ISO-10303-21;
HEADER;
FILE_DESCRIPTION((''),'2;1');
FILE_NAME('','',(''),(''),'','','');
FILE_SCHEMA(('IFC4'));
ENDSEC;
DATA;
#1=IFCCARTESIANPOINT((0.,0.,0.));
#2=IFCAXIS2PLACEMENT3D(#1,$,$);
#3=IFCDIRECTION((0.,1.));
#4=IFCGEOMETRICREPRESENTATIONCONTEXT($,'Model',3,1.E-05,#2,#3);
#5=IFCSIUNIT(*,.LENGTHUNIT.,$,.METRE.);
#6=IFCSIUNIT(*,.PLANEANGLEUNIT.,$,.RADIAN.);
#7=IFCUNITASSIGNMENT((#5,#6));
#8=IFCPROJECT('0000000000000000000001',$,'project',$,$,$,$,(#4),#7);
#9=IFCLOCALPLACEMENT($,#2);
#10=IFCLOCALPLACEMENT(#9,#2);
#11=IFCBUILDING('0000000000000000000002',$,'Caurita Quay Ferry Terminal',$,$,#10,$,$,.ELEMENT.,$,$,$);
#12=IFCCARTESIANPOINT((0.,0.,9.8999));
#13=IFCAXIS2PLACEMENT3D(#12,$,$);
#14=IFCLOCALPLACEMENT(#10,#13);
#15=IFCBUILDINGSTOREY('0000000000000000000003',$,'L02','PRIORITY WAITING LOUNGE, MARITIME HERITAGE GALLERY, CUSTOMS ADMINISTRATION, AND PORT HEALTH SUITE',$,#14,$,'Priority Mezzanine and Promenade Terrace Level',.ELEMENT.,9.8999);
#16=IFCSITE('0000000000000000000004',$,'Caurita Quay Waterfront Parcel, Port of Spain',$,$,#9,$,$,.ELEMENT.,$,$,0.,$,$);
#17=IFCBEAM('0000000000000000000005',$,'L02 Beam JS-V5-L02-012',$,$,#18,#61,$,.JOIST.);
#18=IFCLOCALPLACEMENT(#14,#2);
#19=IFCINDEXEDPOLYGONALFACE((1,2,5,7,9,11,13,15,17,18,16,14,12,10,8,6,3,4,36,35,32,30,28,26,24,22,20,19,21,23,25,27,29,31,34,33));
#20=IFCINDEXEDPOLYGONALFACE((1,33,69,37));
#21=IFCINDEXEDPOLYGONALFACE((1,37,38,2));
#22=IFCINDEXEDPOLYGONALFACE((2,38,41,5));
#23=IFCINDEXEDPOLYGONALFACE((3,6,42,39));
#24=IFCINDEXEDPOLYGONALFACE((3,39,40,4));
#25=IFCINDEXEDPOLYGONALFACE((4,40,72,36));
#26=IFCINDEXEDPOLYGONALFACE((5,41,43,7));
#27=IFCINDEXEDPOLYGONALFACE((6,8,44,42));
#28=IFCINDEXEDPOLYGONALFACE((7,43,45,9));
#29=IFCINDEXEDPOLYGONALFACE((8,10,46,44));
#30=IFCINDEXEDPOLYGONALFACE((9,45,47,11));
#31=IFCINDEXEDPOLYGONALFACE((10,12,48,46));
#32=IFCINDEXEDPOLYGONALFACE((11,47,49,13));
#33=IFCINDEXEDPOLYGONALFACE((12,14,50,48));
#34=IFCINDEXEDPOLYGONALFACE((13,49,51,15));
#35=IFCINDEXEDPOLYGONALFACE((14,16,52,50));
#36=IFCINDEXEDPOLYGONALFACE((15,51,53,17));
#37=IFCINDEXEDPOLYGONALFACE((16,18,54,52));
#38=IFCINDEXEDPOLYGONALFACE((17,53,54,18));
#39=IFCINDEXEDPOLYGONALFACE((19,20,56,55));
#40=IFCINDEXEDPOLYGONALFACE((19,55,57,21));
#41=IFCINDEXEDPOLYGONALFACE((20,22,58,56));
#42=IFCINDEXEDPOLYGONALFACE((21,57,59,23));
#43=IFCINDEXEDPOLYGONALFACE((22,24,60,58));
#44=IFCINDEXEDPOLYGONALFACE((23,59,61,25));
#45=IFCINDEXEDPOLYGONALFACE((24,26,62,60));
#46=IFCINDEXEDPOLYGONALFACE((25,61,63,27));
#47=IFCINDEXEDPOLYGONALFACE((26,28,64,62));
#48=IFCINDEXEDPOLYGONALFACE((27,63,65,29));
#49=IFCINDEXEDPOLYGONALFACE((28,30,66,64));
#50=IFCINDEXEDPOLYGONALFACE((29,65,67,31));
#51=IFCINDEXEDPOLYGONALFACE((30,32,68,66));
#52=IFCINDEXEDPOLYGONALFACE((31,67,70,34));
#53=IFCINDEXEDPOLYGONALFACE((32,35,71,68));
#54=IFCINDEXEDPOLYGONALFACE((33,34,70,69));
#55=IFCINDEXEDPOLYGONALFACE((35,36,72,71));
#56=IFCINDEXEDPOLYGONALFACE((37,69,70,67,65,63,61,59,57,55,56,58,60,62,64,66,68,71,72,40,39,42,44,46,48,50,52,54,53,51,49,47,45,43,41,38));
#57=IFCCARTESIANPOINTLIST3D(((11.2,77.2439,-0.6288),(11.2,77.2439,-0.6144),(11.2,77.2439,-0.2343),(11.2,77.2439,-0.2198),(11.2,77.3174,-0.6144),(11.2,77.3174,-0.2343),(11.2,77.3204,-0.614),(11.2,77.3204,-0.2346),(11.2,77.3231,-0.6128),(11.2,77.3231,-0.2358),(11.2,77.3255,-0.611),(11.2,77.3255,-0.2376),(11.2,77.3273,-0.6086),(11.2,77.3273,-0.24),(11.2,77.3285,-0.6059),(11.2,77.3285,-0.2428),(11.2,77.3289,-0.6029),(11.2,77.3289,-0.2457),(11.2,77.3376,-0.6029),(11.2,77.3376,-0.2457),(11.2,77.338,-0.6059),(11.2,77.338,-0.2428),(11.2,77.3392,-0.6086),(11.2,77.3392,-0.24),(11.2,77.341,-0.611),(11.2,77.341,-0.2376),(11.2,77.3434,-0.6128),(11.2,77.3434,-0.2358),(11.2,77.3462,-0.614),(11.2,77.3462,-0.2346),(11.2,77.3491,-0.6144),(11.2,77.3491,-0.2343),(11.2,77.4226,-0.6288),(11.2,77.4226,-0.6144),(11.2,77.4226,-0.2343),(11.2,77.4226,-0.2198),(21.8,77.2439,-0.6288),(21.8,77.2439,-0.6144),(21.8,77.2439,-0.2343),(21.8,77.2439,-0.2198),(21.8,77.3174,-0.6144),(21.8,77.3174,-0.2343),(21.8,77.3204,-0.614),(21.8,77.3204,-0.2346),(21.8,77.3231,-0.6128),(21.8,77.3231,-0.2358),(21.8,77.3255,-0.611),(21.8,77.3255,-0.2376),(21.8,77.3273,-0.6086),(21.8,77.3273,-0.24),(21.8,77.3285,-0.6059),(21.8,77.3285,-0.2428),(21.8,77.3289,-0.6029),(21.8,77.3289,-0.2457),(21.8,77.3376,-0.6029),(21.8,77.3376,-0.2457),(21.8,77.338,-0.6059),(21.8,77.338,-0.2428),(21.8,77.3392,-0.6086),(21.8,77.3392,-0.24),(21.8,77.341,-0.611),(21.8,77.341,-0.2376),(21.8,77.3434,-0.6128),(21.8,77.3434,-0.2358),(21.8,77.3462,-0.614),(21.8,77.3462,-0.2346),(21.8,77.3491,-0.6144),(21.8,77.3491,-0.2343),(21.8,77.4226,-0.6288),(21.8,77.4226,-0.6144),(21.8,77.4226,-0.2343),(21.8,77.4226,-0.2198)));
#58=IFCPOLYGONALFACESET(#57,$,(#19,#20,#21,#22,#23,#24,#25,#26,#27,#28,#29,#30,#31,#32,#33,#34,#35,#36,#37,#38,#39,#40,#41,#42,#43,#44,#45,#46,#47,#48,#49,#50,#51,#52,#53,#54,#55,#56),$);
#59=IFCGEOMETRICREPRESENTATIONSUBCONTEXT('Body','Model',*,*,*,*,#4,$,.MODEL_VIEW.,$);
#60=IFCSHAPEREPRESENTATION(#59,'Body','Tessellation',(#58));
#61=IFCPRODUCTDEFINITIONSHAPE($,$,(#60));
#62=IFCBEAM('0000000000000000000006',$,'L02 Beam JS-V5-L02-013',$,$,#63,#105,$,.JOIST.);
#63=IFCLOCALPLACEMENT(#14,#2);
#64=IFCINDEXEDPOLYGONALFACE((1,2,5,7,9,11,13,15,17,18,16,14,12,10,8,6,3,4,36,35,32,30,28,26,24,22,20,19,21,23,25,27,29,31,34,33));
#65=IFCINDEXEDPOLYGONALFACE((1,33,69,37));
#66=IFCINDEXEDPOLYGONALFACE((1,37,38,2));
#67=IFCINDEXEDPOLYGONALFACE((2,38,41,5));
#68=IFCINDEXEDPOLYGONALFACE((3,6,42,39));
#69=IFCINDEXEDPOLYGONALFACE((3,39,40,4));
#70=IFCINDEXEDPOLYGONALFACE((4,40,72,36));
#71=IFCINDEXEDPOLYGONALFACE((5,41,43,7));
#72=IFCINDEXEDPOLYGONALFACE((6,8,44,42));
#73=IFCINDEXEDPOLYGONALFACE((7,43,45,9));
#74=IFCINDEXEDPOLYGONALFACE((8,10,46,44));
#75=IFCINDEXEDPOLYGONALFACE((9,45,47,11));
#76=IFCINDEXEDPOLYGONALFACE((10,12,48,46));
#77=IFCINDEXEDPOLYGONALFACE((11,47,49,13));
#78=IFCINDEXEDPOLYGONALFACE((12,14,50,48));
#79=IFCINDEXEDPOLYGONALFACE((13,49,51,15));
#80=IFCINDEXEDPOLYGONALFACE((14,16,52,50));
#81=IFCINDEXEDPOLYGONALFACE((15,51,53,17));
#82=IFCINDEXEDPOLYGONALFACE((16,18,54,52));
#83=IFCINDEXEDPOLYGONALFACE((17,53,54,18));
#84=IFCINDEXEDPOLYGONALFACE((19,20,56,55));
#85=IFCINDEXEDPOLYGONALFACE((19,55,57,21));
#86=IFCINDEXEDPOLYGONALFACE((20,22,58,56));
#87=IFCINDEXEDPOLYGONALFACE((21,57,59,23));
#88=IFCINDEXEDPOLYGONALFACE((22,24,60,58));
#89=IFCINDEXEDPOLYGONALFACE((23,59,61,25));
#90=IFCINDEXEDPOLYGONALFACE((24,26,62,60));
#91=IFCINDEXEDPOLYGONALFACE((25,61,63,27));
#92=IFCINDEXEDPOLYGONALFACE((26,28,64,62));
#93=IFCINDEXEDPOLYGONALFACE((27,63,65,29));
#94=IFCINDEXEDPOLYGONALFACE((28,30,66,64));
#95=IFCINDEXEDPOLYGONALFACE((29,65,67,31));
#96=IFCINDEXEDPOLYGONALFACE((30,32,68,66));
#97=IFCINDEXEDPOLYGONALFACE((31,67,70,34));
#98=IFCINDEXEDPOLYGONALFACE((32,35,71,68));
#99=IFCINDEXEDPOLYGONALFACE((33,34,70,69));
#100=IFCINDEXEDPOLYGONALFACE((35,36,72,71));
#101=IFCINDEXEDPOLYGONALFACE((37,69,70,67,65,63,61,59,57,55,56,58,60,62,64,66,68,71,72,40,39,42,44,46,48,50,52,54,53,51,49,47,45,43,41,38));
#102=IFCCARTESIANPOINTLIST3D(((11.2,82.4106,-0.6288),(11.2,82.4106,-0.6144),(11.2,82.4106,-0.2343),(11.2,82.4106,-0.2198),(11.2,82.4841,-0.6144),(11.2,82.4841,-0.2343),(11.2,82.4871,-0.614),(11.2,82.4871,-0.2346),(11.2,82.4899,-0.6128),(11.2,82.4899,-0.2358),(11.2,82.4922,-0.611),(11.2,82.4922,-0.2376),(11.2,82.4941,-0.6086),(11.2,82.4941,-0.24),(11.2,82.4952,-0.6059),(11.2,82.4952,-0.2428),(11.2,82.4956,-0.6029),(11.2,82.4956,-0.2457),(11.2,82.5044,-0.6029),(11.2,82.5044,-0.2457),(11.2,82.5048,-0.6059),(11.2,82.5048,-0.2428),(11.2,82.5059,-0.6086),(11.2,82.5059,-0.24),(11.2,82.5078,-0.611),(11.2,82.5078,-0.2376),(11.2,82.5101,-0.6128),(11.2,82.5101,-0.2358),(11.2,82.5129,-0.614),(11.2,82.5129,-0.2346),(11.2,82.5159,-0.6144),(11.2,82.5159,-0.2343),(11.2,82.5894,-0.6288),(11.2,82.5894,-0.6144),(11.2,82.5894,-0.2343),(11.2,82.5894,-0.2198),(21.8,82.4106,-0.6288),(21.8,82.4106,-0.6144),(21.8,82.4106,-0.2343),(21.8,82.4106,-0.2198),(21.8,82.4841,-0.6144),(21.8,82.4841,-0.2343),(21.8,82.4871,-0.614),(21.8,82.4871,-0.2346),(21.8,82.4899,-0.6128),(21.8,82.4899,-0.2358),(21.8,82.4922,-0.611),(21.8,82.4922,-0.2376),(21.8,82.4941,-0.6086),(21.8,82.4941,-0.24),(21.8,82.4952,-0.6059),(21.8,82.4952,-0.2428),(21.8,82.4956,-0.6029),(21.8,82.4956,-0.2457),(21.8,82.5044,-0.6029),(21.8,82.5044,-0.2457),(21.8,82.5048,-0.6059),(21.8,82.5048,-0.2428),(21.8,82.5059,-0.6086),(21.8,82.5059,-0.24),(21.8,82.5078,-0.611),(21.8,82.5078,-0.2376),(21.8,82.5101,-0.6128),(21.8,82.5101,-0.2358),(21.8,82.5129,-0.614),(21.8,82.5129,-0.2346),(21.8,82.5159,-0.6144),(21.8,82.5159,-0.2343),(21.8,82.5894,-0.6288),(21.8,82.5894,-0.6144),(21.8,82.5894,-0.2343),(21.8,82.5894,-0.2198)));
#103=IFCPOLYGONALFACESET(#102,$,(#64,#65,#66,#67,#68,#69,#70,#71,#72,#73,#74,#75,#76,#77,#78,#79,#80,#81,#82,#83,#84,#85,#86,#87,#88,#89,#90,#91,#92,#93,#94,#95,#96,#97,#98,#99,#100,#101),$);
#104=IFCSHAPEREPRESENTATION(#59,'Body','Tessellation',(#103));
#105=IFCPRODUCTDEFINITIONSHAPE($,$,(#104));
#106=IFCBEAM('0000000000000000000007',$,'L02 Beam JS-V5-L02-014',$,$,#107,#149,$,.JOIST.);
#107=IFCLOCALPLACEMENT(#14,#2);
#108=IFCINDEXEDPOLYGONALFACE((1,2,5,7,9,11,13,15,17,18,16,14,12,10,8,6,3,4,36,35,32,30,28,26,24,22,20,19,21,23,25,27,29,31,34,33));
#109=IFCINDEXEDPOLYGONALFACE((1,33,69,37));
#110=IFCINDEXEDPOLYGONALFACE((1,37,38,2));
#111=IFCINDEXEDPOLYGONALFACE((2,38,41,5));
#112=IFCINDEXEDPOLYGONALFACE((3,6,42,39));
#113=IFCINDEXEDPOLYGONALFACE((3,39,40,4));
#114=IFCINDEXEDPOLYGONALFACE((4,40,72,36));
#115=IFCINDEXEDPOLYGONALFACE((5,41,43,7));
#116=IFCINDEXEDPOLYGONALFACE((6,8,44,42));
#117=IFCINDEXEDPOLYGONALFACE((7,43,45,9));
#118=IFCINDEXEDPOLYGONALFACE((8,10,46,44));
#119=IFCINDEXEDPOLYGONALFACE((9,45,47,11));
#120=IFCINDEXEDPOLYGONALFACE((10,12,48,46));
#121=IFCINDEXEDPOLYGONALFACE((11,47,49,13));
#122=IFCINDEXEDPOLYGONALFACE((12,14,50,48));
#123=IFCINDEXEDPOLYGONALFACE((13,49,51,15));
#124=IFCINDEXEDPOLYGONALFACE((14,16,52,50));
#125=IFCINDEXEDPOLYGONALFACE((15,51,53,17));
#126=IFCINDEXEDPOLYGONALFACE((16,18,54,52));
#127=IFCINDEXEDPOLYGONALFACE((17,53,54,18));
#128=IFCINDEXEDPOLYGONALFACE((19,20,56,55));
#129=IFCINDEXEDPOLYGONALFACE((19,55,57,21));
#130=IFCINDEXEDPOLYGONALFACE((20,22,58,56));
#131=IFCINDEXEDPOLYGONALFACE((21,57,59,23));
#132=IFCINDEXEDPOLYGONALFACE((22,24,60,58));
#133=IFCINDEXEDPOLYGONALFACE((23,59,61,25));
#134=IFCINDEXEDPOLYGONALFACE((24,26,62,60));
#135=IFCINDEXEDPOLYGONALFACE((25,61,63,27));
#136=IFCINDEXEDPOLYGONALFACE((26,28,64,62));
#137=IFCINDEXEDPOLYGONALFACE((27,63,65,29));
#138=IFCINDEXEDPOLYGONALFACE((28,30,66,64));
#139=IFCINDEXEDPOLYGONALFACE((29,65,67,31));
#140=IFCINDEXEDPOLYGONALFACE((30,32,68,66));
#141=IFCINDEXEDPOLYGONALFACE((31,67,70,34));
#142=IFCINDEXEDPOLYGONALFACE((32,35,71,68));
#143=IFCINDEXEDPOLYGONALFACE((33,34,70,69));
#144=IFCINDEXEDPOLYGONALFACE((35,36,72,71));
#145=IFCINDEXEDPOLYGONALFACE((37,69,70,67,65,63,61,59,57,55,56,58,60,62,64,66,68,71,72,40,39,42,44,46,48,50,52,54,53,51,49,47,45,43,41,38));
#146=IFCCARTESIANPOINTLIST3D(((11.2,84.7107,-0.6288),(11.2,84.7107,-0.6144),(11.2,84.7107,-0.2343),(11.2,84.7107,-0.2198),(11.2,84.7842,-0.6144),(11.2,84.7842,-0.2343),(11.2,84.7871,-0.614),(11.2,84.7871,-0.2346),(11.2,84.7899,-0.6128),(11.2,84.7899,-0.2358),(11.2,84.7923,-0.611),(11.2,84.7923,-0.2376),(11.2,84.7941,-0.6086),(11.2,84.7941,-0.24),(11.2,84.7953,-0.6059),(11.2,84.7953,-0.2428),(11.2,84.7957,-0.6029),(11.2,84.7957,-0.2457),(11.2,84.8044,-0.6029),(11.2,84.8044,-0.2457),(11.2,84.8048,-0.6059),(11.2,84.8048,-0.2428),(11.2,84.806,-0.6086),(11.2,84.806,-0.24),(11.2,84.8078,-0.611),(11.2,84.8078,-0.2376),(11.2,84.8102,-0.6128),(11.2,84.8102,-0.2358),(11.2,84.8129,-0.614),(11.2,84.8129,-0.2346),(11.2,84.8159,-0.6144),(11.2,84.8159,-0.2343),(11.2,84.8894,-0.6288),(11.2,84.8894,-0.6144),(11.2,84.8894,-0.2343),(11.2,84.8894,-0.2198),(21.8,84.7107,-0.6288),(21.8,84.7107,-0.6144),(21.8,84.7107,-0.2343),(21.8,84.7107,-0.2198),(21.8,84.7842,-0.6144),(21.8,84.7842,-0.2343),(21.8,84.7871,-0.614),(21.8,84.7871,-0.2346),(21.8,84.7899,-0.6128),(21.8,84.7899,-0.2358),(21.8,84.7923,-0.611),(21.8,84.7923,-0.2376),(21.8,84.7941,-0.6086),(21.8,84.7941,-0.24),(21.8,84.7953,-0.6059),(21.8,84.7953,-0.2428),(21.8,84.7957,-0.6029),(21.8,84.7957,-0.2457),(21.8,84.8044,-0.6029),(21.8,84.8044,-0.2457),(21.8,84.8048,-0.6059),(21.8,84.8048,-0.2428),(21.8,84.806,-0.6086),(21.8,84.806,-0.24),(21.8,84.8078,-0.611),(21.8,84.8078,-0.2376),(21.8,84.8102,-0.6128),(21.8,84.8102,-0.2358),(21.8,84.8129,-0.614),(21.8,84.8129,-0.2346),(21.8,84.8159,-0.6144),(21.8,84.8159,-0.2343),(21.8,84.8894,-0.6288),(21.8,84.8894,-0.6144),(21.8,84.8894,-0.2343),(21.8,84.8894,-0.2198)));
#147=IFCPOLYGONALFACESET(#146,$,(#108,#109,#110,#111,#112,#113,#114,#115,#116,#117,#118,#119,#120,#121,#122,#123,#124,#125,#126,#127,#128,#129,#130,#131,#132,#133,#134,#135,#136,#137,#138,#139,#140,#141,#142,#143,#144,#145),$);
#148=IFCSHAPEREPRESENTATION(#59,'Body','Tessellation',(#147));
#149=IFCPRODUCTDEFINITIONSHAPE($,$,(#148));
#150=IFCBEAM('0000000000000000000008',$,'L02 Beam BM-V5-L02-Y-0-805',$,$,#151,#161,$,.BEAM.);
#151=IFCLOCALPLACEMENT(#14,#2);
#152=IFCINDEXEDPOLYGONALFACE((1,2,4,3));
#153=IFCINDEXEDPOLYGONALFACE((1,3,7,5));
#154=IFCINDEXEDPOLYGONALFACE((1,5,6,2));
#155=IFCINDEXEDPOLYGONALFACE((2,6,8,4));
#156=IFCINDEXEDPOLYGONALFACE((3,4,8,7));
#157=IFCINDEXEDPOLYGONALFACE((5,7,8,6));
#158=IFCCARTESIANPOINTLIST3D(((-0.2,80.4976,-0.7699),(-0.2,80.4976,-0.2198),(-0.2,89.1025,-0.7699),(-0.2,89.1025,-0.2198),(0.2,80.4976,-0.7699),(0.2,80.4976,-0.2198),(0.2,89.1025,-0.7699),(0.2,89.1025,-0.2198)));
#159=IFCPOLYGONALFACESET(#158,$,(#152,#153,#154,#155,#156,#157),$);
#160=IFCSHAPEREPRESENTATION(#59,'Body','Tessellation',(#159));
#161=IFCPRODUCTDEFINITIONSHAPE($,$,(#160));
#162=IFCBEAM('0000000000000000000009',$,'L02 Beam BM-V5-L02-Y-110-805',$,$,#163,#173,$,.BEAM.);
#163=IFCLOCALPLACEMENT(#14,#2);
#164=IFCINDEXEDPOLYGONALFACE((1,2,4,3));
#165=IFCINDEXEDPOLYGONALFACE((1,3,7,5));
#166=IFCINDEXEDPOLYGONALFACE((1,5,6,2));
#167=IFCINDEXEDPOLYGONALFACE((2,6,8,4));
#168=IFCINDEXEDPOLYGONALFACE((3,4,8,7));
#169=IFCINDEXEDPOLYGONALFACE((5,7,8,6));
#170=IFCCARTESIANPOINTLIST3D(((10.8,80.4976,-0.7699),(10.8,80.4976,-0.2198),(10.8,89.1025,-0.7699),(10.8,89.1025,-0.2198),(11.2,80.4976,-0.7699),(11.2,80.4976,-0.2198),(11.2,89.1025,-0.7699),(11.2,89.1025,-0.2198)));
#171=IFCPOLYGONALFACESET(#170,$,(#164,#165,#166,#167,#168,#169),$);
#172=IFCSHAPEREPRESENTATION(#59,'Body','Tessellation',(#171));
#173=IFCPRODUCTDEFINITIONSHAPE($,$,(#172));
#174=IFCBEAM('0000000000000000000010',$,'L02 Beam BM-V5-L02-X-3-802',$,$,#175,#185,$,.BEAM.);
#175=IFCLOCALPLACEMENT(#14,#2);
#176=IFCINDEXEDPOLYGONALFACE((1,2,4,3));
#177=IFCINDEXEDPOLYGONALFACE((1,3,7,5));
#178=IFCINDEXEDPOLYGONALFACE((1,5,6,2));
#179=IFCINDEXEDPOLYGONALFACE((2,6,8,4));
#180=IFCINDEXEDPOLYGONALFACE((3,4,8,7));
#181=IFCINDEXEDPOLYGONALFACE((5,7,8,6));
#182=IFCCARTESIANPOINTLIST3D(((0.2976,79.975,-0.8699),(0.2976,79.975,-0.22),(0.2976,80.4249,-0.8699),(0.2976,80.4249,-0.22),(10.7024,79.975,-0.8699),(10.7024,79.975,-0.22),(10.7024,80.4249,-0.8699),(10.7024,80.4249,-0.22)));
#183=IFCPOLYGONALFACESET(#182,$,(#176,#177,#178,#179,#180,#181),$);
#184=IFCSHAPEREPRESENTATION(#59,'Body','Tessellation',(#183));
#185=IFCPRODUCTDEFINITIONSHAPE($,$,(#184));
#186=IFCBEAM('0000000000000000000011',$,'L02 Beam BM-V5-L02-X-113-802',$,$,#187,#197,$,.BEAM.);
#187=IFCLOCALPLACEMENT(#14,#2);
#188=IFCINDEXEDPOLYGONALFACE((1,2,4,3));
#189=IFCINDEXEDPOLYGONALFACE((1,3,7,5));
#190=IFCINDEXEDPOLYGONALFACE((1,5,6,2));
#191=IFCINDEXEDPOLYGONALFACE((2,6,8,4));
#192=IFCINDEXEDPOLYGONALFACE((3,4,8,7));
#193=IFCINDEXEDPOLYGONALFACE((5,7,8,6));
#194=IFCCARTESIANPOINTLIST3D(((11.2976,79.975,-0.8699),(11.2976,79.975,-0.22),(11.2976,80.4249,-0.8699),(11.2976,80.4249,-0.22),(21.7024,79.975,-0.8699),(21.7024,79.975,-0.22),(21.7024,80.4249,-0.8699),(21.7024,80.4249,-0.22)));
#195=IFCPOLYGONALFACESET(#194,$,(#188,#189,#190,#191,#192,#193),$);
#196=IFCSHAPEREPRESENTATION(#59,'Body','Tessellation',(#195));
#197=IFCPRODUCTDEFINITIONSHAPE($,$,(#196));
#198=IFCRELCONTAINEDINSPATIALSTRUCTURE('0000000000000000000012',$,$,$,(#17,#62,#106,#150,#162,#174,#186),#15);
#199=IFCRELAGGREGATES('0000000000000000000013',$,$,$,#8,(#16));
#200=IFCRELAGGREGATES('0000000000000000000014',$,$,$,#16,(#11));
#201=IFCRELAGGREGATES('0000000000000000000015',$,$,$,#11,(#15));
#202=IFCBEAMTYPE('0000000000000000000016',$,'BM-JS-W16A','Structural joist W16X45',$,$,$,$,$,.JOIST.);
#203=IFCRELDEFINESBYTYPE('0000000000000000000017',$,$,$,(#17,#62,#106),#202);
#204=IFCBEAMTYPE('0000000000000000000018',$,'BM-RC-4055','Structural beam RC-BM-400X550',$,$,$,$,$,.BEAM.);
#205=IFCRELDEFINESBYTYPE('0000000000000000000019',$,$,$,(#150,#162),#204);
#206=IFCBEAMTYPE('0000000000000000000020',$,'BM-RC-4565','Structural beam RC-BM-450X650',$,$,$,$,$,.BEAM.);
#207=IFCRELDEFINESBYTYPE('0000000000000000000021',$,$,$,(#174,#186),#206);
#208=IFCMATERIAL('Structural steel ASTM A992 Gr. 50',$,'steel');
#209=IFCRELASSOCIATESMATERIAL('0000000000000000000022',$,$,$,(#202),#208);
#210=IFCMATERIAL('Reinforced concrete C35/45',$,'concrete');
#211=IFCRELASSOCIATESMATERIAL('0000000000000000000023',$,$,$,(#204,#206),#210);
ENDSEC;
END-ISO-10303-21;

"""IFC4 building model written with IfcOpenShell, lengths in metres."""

from ifc_helpers import new_model, si_unit, direction, frame, origin, origin_2d, place, context, subcontext, project, spatial, rectangle, i_section, extrude, material, material_profile, profile_set, type_object, element, save


model = new_model("IFC4")

# Units and contexts
model_context = context("Model", 3, precision=1e-05, world=origin(), true_north=direction((0.0, 1.0)))
body_context = subcontext(model_context, "Body", "Model", "MODEL_VIEW")
ifc_project = project(units=[si_unit("LENGTHUNIT", "METRE"), si_unit("PLANEANGLEUNIT", "RADIAN")], contexts=[model_context])

# Site, building, storey
site_placement = place(None, origin())
site = spatial("IfcSite", under=ifc_project, at=site_placement, Name="Caurita Quay Waterfront Parcel, Port of Spain", CompositionType="ELEMENT", RefElevation=0.0)
building_placement = place(site_placement, origin())
building = spatial("IfcBuilding", under=site, at=building_placement, Name="Caurita Quay Ferry Terminal", CompositionType="ELEMENT")
storey_placement = place(building_placement, frame((0.0, 0.0, 9.8999)))
storey = spatial("IfcBuildingStorey", under=building, at=storey_placement, Name="L02", Description="PRIORITY WAITING LOUNGE, MARITIME HERITAGE GALLERY, CUSTOMS ADMINISTRATION, AND PORT HEALTH SUITE", LongName="Priority Mezzanine and Promenade Terrace Level", CompositionType="ELEMENT", Elevation=9.8999)

# Shared definitions
ifc_material_1 = material(Name="Reinforced concrete C35/45", Category="concrete")

# Beams
ifc_material_2 = material(Name="Structural steel ASTM A992 Gr. 50", Category="steel")
ifc_material_profile_1 = material_profile(ifc_material_2, i_section(OverallWidth=0.1787, OverallDepth=0.4089, WebThickness=0.0088, FlangeThickness=0.0144, FilletRadius=0.0115, at=origin_2d()), Name="W16X45")
ifc_profile_set_1 = profile_set([ifc_material_profile_1], Name="Structural steel ASTM A992 Gr. 50")
beam_type_1 = type_object("IfcBeamType", Name="BM-JS-W16A", Description="Structural joist W16X45", PredefinedType="JOIST", material=ifc_profile_set_1)
for number, where, z_axis, x_axis, name in (
    (1, (11.2, 77.3333, -0.4243), (1.0, 0.0, 0.0), (0.0, 1.0, 0.0), "L02 Beam JS-V5-L02-012"),
    (2, (11.2, 82.5, -0.4243), (1.0, 0.0, 0.0), (0.0, 1.0, 0.0), "L02 Beam JS-V5-L02-013"),
    (3, (11.2, 84.8, -0.4243), (1.0, 0.0, 0.0), (0.0, 1.0, 0.0), "L02 Beam JS-V5-L02-014"),
):
    element("IfcBeam", number, at=place(storey_placement, frame(where, z_axis=z_axis, x_axis=x_axis)), inside=storey, type_object=beam_type_1, Name=name, PredefinedType="JOIST", context=body_context, shape_type="SweptSolid", body=[
        extrude(i_section(OverallWidth=0.1787, OverallDepth=0.4089, WebThickness=0.0088, FlangeThickness=0.0144, FilletRadius=0.0115, at=origin_2d()), origin(), (0.0, 0.0, 1.0), 10.6001),
    ])
ifc_material_profile_2 = material_profile(ifc_material_1, rectangle(XDim=0.3999, YDim=0.55, at=origin_2d()), Name="RC-BM-400X550")
ifc_profile_set_2 = profile_set([ifc_material_profile_2], Name="Reinforced concrete C35/45")
beam_type_2 = type_object("IfcBeamType", Name="BM-RC-4055", Description="Structural beam RC-BM-400X550", PredefinedType="BEAM", material=ifc_profile_set_2)
for number, where, z_axis, x_axis, name in (
    (4, (0.0, 80.4976, -0.4949), (0.0, 1.0, 0.0), (-1.0, 0.0, 0.0), "L02 Beam BM-V5-L02-Y-0-805"),
    (5, (11.0, 80.4976, -0.4949), (0.0, 1.0, 0.0), (-1.0, 0.0, 0.0), "L02 Beam BM-V5-L02-Y-110-805"),
):
    element("IfcBeam", number, at=place(storey_placement, frame(where, z_axis=z_axis, x_axis=x_axis)), inside=storey, type_object=beam_type_2, Name=name, PredefinedType="BEAM", context=body_context, shape_type="SweptSolid", body=[
        extrude(rectangle(XDim=0.3999, YDim=0.55, at=origin_2d()), origin(), (0.0, 0.0, 1.0), 8.605),
    ])
ifc_material_profile_3 = material_profile(ifc_material_1, rectangle(XDim=0.45, YDim=0.6499, at=origin_2d()), Name="RC-BM-450X650")
ifc_profile_set_3 = profile_set([ifc_material_profile_3], Name="Reinforced concrete C35/45")
beam_type_3 = type_object("IfcBeamType", Name="BM-RC-4565", Description="Structural beam RC-BM-450X650", PredefinedType="BEAM", material=ifc_profile_set_3)
for number, where, z_axis, x_axis, name in (
    (6, (0.2976, 80.2, -0.5449), (1.0, 0.0, 0.0), (0.0, 1.0, 0.0), "L02 Beam BM-V5-L02-X-3-802"),
    (7, (11.2976, 80.2, -0.5449), (1.0, 0.0, 0.0), (0.0, 1.0, 0.0), "L02 Beam BM-V5-L02-X-113-802"),
):
    element("IfcBeam", number, at=place(storey_placement, frame(where, z_axis=z_axis, x_axis=x_axis)), inside=storey, type_object=beam_type_3, Name=name, PredefinedType="BEAM", context=body_context, shape_type="SweptSolid", body=[
        extrude(rectangle(XDim=0.45, YDim=0.6499, at=origin_2d()), origin(), (0.0, 0.0, 1.0), 10.4048),
    ])

save(model, "model.ifc")
